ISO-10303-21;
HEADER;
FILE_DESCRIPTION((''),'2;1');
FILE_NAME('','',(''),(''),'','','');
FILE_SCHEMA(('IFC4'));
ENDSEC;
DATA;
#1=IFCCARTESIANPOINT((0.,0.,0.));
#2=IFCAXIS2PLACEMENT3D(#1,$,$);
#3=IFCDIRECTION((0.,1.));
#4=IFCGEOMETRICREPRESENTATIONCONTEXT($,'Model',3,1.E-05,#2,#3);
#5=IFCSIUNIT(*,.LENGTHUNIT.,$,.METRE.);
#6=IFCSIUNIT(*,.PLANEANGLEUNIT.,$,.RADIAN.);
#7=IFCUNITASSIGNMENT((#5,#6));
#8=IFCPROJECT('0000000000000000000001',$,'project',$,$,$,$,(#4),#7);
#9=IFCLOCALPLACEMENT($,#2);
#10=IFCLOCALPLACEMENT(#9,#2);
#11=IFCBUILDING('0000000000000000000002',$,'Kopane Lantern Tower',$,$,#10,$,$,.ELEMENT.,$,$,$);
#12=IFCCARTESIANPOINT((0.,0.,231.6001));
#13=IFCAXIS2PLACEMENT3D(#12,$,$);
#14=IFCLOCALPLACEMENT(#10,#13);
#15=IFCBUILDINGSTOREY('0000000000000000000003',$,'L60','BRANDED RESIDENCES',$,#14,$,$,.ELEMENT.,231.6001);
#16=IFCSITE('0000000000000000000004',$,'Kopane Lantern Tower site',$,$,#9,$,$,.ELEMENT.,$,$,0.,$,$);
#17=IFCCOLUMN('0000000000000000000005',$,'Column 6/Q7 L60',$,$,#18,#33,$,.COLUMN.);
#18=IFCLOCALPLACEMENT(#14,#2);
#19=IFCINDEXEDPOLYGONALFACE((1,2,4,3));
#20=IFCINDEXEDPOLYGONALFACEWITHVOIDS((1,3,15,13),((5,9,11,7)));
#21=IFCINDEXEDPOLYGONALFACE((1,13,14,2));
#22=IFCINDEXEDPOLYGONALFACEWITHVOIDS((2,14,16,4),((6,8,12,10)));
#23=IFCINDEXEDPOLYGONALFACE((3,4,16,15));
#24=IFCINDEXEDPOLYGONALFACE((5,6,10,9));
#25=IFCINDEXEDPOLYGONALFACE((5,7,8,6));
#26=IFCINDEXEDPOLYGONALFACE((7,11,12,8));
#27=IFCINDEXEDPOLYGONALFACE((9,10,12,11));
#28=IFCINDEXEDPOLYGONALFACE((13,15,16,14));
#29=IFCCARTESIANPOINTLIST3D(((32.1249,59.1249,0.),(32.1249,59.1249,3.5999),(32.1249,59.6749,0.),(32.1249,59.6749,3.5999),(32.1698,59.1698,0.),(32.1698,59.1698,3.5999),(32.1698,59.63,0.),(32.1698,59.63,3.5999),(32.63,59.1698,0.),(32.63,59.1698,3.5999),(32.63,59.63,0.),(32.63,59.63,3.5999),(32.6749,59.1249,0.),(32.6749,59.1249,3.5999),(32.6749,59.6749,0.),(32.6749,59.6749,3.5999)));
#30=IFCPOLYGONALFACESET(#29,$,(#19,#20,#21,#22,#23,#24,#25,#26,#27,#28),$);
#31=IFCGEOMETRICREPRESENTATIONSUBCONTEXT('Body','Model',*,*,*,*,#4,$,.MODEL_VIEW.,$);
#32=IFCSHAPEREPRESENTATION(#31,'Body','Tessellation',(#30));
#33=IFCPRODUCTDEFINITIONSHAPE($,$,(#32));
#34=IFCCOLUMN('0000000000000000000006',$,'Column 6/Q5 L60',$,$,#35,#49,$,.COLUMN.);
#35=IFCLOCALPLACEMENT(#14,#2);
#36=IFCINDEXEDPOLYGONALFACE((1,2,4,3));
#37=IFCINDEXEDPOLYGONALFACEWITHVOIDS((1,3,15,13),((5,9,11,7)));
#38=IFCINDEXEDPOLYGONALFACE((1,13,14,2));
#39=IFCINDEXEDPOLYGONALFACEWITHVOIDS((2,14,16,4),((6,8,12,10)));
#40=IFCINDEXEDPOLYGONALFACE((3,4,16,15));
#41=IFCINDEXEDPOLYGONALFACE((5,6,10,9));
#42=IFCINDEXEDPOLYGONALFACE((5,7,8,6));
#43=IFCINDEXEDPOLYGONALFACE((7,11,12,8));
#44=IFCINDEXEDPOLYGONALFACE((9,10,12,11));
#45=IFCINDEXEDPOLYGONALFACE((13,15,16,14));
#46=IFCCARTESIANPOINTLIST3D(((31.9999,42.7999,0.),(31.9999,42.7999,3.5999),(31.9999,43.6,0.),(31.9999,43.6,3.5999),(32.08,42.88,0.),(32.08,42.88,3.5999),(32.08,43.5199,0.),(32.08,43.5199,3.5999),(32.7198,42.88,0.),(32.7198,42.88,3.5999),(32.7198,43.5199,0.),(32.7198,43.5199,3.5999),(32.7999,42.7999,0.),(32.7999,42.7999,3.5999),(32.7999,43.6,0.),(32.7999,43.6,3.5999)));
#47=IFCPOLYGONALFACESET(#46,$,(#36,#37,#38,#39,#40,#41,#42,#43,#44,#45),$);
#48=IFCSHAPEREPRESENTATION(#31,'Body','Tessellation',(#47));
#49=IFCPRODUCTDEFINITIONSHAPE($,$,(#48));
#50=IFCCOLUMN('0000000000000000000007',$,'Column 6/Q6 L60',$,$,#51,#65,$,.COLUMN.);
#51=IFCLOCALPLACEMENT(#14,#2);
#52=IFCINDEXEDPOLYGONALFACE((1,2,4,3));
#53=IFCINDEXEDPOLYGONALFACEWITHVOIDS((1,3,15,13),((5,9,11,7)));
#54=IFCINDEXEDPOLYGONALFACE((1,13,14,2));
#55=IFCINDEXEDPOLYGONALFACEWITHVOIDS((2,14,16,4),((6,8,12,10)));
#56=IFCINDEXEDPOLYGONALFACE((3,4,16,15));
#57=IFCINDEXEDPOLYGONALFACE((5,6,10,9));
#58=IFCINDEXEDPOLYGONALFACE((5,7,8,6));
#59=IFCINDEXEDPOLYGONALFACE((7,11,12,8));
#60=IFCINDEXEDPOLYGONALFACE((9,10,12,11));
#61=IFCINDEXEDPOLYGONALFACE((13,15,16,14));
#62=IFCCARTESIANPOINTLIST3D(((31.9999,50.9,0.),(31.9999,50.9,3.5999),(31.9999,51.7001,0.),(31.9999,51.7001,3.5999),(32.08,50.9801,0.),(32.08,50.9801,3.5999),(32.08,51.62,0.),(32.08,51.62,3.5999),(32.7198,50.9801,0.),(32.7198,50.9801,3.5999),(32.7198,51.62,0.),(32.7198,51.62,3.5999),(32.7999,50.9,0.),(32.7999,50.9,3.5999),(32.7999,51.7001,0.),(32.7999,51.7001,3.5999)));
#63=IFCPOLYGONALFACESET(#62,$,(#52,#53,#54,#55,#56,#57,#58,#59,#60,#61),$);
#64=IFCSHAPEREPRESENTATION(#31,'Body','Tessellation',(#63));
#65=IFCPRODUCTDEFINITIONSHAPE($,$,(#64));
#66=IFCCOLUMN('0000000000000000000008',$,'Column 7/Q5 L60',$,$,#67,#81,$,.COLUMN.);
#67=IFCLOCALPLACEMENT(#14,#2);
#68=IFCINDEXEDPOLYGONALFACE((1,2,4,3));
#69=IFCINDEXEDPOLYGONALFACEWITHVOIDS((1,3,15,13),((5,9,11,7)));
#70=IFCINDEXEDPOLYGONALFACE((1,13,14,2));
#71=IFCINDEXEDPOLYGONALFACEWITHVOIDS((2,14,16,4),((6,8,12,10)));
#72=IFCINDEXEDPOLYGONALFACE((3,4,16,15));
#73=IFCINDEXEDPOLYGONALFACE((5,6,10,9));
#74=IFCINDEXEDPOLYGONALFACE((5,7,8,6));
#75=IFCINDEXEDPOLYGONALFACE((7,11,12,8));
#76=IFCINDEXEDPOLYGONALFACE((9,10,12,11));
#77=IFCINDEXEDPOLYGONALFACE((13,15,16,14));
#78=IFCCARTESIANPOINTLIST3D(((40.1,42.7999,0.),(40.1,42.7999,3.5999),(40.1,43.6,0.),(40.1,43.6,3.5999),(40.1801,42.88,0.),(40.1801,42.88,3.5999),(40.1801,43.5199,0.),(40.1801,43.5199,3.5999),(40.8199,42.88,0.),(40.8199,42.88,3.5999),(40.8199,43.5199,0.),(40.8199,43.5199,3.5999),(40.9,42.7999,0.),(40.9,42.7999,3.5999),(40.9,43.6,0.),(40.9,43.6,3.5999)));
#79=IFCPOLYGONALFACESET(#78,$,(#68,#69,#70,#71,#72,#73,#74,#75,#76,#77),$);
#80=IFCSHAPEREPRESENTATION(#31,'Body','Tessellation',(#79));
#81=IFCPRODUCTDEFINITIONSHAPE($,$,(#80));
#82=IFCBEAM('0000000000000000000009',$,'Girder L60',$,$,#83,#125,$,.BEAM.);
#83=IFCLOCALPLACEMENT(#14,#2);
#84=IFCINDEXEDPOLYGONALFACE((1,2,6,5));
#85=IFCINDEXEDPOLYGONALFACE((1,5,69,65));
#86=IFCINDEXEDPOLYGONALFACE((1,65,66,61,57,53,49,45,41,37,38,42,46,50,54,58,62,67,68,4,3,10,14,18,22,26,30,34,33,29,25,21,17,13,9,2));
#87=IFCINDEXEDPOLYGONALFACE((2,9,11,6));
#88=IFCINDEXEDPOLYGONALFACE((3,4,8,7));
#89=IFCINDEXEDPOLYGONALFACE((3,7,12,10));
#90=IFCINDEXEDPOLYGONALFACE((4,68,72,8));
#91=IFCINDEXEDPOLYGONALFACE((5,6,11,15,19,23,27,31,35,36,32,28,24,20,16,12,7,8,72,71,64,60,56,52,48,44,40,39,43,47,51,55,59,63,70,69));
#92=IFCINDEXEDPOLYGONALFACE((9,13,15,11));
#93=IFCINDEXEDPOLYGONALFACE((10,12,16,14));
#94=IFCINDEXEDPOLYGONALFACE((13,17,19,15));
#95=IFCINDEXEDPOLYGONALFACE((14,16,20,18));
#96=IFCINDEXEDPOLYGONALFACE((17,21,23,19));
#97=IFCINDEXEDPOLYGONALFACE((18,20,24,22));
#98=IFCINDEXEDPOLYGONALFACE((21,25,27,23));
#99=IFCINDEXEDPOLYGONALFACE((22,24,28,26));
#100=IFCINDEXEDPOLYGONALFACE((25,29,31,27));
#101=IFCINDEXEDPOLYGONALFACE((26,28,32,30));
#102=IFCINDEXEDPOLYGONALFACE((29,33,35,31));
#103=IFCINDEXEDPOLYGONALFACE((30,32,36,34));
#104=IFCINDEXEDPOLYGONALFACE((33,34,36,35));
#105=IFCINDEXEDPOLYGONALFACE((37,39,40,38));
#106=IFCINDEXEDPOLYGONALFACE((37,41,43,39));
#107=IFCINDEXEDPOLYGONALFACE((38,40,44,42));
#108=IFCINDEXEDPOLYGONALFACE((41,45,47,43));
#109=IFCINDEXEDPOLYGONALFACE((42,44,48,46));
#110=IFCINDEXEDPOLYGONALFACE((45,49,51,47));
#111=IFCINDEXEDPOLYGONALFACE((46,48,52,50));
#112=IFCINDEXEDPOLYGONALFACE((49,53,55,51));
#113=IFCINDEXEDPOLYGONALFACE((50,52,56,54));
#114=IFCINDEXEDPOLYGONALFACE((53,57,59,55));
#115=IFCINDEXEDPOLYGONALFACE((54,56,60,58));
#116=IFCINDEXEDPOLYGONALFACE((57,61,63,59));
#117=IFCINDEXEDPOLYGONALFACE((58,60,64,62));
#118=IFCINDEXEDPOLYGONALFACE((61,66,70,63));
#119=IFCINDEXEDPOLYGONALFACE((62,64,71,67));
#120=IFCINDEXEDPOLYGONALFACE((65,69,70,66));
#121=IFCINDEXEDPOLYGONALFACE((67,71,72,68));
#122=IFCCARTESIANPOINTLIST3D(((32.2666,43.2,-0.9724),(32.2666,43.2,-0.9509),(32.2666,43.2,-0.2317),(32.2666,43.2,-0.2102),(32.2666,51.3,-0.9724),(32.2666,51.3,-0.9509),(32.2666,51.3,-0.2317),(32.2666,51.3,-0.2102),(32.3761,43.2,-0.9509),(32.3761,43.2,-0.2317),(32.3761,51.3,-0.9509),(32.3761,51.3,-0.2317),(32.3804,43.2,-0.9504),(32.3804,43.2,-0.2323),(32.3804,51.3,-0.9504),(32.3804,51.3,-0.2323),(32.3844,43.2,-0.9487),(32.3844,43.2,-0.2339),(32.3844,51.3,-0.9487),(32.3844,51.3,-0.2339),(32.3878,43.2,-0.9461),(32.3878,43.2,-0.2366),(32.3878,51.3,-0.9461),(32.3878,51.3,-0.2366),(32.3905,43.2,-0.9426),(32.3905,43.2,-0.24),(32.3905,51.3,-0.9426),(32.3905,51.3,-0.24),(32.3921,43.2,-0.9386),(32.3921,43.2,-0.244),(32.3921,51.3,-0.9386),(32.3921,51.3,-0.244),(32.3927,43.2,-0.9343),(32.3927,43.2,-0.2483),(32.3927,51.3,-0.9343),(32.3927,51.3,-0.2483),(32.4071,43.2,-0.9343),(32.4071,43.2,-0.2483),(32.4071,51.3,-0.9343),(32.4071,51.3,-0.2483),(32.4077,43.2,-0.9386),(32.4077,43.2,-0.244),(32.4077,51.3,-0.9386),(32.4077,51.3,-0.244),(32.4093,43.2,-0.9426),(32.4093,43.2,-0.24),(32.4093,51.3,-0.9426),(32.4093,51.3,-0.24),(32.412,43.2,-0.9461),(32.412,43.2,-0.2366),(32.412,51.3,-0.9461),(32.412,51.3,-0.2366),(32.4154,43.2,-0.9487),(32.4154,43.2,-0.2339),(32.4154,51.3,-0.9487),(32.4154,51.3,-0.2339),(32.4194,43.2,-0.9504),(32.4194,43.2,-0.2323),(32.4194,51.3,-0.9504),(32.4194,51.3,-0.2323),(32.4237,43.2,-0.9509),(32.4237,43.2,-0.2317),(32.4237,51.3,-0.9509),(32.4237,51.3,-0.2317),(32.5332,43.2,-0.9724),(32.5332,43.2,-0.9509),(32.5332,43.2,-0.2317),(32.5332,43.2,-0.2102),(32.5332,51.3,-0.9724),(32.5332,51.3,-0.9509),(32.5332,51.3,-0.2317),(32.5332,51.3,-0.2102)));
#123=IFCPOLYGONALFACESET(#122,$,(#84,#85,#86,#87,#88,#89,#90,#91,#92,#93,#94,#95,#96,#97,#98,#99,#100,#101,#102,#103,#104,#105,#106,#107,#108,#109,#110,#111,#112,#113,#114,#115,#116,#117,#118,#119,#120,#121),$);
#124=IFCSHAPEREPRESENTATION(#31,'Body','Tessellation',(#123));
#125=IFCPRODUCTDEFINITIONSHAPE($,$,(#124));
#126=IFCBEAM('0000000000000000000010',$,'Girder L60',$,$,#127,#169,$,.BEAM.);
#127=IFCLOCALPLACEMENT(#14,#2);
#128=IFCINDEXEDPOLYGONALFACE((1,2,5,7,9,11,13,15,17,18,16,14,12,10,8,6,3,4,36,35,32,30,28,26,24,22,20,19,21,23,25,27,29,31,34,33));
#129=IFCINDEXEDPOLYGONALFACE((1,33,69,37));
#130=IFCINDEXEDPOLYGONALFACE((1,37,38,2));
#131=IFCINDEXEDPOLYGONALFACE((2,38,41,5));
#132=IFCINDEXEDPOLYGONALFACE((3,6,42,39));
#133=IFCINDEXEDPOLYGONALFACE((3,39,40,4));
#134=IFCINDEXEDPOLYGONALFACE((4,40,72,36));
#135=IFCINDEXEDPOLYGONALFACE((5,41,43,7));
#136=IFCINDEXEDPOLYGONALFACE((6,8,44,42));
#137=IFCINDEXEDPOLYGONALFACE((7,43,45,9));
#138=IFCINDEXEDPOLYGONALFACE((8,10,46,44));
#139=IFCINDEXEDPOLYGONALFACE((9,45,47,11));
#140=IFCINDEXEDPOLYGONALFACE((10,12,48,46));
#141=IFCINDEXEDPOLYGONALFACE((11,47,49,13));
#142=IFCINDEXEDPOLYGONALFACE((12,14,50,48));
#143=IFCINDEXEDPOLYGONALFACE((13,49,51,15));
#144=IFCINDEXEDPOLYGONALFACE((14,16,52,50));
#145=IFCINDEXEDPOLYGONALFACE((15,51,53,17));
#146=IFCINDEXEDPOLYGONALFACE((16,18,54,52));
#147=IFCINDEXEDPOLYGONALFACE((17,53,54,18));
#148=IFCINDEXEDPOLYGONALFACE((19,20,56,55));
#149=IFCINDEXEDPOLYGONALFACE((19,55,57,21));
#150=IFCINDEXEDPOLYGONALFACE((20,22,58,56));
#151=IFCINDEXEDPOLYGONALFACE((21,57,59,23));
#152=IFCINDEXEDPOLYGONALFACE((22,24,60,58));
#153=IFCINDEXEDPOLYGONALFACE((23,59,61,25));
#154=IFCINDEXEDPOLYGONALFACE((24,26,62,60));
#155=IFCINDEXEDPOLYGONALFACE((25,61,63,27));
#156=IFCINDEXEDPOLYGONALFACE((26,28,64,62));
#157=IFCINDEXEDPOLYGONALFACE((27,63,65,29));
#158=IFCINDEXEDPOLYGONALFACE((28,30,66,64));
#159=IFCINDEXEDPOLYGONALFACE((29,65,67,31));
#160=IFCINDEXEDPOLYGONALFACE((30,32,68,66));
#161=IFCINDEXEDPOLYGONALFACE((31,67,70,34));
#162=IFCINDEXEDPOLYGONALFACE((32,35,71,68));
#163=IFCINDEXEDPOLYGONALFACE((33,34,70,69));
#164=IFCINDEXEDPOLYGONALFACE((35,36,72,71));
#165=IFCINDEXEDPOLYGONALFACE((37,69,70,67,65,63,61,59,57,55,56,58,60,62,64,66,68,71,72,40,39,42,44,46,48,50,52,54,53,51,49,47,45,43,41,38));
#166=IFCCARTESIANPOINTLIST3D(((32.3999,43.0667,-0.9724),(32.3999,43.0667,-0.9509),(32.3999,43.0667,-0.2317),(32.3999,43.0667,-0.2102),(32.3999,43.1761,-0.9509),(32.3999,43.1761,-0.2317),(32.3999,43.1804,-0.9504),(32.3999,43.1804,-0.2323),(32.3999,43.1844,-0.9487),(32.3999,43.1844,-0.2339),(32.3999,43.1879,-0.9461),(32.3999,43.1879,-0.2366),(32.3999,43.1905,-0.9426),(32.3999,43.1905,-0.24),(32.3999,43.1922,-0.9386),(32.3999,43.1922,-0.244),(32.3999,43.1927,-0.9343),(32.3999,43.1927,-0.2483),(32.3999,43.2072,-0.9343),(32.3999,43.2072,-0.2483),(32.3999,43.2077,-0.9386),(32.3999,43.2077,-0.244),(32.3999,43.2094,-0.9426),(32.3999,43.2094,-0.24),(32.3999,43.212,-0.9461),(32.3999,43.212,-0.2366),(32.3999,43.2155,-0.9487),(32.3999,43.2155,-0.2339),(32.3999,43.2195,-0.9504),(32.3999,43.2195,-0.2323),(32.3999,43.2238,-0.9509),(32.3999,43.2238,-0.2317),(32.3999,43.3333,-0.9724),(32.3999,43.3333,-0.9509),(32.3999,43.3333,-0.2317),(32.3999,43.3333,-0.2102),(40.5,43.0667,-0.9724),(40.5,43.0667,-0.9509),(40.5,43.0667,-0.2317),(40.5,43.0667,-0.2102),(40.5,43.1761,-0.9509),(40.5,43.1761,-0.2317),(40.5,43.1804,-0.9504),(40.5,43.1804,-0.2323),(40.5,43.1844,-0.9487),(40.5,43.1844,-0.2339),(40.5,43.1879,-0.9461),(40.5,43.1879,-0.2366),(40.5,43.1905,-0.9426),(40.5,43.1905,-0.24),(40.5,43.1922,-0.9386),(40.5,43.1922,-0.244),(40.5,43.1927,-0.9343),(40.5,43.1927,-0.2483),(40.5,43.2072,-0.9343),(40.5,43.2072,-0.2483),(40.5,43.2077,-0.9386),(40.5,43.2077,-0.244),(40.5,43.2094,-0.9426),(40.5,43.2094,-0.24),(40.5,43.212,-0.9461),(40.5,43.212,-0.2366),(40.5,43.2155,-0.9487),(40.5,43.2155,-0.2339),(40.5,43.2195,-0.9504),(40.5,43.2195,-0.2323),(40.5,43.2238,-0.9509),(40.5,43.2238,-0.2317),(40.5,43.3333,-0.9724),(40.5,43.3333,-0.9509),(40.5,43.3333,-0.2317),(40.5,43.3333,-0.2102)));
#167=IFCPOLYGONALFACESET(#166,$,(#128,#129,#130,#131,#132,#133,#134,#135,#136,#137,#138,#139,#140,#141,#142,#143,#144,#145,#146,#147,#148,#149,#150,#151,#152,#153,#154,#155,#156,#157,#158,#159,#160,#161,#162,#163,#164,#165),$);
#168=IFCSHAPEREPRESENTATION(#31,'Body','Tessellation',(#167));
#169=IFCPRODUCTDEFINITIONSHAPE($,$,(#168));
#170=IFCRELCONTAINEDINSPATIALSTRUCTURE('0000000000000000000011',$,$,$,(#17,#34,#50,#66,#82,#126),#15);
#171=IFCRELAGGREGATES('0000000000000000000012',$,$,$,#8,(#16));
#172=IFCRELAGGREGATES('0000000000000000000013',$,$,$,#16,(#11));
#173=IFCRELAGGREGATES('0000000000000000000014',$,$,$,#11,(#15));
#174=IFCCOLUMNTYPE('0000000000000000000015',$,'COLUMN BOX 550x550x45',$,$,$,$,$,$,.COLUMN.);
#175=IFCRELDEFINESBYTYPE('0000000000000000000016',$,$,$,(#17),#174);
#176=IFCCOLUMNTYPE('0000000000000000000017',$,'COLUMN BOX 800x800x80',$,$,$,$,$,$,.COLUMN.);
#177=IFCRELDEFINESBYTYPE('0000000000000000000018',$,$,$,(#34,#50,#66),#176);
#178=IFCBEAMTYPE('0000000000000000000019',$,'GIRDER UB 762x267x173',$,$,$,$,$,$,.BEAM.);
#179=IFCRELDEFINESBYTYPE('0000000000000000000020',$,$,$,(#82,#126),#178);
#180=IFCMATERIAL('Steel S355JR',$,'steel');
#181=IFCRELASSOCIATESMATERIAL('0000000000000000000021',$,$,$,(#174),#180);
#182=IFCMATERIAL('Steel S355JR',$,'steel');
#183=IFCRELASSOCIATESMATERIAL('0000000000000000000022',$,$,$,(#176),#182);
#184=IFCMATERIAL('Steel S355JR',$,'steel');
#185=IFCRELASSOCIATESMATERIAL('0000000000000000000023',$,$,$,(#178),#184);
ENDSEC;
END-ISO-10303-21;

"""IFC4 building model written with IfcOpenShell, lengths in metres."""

from ifc_helpers import new_model, si_unit, direction, frame, origin, origin_2d, place, context, subcontext, project, spatial, hollow_rectangle, i_section, extrude, material, material_profile, profile_set, type_object, element, save


model = new_model("IFC4")

# Units and contexts
model_context = context("Model", 3, precision=1e-05, world=origin(), true_north=direction((0.0, 1.0)))
body_context = subcontext(model_context, "Body", "Model", "MODEL_VIEW")
ifc_project = project(units=[si_unit("LENGTHUNIT", "METRE"), si_unit("PLANEANGLEUNIT", "RADIAN")], contexts=[model_context])

# Site, building, storey
site_placement = place(None, origin())
site = spatial("IfcSite", under=ifc_project, at=site_placement, Name="Kopane Lantern Tower site", CompositionType="ELEMENT", RefElevation=0.0)
building_placement = place(site_placement, origin())
building = spatial("IfcBuilding", under=site, at=building_placement, Name="Kopane Lantern Tower", CompositionType="ELEMENT")
storey_placement = place(building_placement, frame((0.0, 0.0, 231.6001)))
storey = spatial("IfcBuildingStorey", under=building, at=storey_placement, Name="L60", Description="BRANDED RESIDENCES", CompositionType="ELEMENT", Elevation=231.6001)

# Columns
ifc_material_1 = material(Name="Steel S355JR", Category="steel")
ifc_material_profile_1 = material_profile(ifc_material_1, hollow_rectangle(XDim=0.55, YDim=0.55, WallThickness=0.0449, at=origin_2d()), Name="BOX 550x550x45")
ifc_profile_set_1 = profile_set([ifc_material_profile_1], Name="Steel S355JR")
column_type_1 = type_object("IfcColumnType", Name="COLUMN BOX 550x550x45", PredefinedType="COLUMN", material=ifc_profile_set_1)
column_placement = place(storey_placement, frame((32.3999, 59.3999, 0.0), z_axis=(0.0, 0.0, 1.0), x_axis=(1.0, 0.0, 0.0)))
element("IfcColumn", 1, at=column_placement, inside=storey, type_object=column_type_1, Name="Column 6/Q7 L60", PredefinedType="COLUMN", context=body_context, shape_type="SweptSolid", body=[
    extrude(hollow_rectangle(XDim=0.55, YDim=0.55, WallThickness=0.0449, at=origin_2d()), origin(), (0.0, 0.0, 1.0), 3.5999),
])
ifc_material_2 = material(Name="Steel S355JR", Category="steel")
ifc_material_profile_2 = material_profile(ifc_material_2, hollow_rectangle(XDim=0.8, YDim=0.8, WallThickness=0.0801, at=origin_2d()), Name="BOX 800x800x80")
ifc_profile_set_2 = profile_set([ifc_material_profile_2], Name="Steel S355JR")
column_type_2 = type_object("IfcColumnType", Name="COLUMN BOX 800x800x80", PredefinedType="COLUMN", material=ifc_profile_set_2)
for number, where, z_axis, x_axis, name in (
    (2, (32.3999, 43.2, 0.0), (0.0, 0.0, 1.0), (1.0, 0.0, 0.0), "Column 6/Q5 L60"),
    (3, (32.3999, 51.3, 0.0), (0.0, 0.0, 1.0), (1.0, 0.0, 0.0), "Column 6/Q6 L60"),
    (4, (40.5, 43.2, 0.0), (0.0, 0.0, 1.0), (1.0, 0.0, 0.0), "Column 7/Q5 L60"),
):
    element("IfcColumn", number, at=place(storey_placement, frame(where, z_axis=z_axis, x_axis=x_axis)), inside=storey, type_object=column_type_2, Name=name, PredefinedType="COLUMN", context=body_context, shape_type="SweptSolid", body=[
        extrude(hollow_rectangle(XDim=0.8, YDim=0.8, WallThickness=0.0801, at=origin_2d()), origin(), (0.0, 0.0, 1.0), 3.5999),
    ])

# Beams
ifc_material_3 = material(Name="Steel S355JR", Category="steel")
ifc_material_profile_3 = material_profile(ifc_material_3, i_section(OverallWidth=0.2666, OverallDepth=0.7622, WebThickness=0.0144, FlangeThickness=0.0215, FilletRadius=0.0166, at=origin_2d()), Name="UB 762x267x173")
ifc_profile_set_3 = profile_set([ifc_material_profile_3], Name="Steel S355JR")
beam_type = type_object("IfcBeamType", Name="GIRDER UB 762x267x173", PredefinedType="BEAM", material=ifc_profile_set_3)
for number, where, z_axis, x_axis, name in (
    (5, (32.3999, 43.2, -0.5913), (0.0, 1.0, 0.0), (-1.0, 0.0, 0.0), "Girder L60"),
    (6, (32.3999, 43.2, -0.5913), (1.0, 0.0, 0.0), (0.0, 1.0, 0.0), "Girder L60"),
):
    element("IfcBeam", number, at=place(storey_placement, frame(where, z_axis=z_axis, x_axis=x_axis)), inside=storey, type_object=beam_type, Name=name, PredefinedType="BEAM", context=body_context, shape_type="SweptSolid", body=[
        extrude(i_section(OverallWidth=0.2666, OverallDepth=0.7622, WebThickness=0.0144, FlangeThickness=0.0215, FilletRadius=0.0166, at=origin_2d()), origin(), (0.0, 0.0, 1.0), 8.1001),
    ])

save(model, "model.ifc")
